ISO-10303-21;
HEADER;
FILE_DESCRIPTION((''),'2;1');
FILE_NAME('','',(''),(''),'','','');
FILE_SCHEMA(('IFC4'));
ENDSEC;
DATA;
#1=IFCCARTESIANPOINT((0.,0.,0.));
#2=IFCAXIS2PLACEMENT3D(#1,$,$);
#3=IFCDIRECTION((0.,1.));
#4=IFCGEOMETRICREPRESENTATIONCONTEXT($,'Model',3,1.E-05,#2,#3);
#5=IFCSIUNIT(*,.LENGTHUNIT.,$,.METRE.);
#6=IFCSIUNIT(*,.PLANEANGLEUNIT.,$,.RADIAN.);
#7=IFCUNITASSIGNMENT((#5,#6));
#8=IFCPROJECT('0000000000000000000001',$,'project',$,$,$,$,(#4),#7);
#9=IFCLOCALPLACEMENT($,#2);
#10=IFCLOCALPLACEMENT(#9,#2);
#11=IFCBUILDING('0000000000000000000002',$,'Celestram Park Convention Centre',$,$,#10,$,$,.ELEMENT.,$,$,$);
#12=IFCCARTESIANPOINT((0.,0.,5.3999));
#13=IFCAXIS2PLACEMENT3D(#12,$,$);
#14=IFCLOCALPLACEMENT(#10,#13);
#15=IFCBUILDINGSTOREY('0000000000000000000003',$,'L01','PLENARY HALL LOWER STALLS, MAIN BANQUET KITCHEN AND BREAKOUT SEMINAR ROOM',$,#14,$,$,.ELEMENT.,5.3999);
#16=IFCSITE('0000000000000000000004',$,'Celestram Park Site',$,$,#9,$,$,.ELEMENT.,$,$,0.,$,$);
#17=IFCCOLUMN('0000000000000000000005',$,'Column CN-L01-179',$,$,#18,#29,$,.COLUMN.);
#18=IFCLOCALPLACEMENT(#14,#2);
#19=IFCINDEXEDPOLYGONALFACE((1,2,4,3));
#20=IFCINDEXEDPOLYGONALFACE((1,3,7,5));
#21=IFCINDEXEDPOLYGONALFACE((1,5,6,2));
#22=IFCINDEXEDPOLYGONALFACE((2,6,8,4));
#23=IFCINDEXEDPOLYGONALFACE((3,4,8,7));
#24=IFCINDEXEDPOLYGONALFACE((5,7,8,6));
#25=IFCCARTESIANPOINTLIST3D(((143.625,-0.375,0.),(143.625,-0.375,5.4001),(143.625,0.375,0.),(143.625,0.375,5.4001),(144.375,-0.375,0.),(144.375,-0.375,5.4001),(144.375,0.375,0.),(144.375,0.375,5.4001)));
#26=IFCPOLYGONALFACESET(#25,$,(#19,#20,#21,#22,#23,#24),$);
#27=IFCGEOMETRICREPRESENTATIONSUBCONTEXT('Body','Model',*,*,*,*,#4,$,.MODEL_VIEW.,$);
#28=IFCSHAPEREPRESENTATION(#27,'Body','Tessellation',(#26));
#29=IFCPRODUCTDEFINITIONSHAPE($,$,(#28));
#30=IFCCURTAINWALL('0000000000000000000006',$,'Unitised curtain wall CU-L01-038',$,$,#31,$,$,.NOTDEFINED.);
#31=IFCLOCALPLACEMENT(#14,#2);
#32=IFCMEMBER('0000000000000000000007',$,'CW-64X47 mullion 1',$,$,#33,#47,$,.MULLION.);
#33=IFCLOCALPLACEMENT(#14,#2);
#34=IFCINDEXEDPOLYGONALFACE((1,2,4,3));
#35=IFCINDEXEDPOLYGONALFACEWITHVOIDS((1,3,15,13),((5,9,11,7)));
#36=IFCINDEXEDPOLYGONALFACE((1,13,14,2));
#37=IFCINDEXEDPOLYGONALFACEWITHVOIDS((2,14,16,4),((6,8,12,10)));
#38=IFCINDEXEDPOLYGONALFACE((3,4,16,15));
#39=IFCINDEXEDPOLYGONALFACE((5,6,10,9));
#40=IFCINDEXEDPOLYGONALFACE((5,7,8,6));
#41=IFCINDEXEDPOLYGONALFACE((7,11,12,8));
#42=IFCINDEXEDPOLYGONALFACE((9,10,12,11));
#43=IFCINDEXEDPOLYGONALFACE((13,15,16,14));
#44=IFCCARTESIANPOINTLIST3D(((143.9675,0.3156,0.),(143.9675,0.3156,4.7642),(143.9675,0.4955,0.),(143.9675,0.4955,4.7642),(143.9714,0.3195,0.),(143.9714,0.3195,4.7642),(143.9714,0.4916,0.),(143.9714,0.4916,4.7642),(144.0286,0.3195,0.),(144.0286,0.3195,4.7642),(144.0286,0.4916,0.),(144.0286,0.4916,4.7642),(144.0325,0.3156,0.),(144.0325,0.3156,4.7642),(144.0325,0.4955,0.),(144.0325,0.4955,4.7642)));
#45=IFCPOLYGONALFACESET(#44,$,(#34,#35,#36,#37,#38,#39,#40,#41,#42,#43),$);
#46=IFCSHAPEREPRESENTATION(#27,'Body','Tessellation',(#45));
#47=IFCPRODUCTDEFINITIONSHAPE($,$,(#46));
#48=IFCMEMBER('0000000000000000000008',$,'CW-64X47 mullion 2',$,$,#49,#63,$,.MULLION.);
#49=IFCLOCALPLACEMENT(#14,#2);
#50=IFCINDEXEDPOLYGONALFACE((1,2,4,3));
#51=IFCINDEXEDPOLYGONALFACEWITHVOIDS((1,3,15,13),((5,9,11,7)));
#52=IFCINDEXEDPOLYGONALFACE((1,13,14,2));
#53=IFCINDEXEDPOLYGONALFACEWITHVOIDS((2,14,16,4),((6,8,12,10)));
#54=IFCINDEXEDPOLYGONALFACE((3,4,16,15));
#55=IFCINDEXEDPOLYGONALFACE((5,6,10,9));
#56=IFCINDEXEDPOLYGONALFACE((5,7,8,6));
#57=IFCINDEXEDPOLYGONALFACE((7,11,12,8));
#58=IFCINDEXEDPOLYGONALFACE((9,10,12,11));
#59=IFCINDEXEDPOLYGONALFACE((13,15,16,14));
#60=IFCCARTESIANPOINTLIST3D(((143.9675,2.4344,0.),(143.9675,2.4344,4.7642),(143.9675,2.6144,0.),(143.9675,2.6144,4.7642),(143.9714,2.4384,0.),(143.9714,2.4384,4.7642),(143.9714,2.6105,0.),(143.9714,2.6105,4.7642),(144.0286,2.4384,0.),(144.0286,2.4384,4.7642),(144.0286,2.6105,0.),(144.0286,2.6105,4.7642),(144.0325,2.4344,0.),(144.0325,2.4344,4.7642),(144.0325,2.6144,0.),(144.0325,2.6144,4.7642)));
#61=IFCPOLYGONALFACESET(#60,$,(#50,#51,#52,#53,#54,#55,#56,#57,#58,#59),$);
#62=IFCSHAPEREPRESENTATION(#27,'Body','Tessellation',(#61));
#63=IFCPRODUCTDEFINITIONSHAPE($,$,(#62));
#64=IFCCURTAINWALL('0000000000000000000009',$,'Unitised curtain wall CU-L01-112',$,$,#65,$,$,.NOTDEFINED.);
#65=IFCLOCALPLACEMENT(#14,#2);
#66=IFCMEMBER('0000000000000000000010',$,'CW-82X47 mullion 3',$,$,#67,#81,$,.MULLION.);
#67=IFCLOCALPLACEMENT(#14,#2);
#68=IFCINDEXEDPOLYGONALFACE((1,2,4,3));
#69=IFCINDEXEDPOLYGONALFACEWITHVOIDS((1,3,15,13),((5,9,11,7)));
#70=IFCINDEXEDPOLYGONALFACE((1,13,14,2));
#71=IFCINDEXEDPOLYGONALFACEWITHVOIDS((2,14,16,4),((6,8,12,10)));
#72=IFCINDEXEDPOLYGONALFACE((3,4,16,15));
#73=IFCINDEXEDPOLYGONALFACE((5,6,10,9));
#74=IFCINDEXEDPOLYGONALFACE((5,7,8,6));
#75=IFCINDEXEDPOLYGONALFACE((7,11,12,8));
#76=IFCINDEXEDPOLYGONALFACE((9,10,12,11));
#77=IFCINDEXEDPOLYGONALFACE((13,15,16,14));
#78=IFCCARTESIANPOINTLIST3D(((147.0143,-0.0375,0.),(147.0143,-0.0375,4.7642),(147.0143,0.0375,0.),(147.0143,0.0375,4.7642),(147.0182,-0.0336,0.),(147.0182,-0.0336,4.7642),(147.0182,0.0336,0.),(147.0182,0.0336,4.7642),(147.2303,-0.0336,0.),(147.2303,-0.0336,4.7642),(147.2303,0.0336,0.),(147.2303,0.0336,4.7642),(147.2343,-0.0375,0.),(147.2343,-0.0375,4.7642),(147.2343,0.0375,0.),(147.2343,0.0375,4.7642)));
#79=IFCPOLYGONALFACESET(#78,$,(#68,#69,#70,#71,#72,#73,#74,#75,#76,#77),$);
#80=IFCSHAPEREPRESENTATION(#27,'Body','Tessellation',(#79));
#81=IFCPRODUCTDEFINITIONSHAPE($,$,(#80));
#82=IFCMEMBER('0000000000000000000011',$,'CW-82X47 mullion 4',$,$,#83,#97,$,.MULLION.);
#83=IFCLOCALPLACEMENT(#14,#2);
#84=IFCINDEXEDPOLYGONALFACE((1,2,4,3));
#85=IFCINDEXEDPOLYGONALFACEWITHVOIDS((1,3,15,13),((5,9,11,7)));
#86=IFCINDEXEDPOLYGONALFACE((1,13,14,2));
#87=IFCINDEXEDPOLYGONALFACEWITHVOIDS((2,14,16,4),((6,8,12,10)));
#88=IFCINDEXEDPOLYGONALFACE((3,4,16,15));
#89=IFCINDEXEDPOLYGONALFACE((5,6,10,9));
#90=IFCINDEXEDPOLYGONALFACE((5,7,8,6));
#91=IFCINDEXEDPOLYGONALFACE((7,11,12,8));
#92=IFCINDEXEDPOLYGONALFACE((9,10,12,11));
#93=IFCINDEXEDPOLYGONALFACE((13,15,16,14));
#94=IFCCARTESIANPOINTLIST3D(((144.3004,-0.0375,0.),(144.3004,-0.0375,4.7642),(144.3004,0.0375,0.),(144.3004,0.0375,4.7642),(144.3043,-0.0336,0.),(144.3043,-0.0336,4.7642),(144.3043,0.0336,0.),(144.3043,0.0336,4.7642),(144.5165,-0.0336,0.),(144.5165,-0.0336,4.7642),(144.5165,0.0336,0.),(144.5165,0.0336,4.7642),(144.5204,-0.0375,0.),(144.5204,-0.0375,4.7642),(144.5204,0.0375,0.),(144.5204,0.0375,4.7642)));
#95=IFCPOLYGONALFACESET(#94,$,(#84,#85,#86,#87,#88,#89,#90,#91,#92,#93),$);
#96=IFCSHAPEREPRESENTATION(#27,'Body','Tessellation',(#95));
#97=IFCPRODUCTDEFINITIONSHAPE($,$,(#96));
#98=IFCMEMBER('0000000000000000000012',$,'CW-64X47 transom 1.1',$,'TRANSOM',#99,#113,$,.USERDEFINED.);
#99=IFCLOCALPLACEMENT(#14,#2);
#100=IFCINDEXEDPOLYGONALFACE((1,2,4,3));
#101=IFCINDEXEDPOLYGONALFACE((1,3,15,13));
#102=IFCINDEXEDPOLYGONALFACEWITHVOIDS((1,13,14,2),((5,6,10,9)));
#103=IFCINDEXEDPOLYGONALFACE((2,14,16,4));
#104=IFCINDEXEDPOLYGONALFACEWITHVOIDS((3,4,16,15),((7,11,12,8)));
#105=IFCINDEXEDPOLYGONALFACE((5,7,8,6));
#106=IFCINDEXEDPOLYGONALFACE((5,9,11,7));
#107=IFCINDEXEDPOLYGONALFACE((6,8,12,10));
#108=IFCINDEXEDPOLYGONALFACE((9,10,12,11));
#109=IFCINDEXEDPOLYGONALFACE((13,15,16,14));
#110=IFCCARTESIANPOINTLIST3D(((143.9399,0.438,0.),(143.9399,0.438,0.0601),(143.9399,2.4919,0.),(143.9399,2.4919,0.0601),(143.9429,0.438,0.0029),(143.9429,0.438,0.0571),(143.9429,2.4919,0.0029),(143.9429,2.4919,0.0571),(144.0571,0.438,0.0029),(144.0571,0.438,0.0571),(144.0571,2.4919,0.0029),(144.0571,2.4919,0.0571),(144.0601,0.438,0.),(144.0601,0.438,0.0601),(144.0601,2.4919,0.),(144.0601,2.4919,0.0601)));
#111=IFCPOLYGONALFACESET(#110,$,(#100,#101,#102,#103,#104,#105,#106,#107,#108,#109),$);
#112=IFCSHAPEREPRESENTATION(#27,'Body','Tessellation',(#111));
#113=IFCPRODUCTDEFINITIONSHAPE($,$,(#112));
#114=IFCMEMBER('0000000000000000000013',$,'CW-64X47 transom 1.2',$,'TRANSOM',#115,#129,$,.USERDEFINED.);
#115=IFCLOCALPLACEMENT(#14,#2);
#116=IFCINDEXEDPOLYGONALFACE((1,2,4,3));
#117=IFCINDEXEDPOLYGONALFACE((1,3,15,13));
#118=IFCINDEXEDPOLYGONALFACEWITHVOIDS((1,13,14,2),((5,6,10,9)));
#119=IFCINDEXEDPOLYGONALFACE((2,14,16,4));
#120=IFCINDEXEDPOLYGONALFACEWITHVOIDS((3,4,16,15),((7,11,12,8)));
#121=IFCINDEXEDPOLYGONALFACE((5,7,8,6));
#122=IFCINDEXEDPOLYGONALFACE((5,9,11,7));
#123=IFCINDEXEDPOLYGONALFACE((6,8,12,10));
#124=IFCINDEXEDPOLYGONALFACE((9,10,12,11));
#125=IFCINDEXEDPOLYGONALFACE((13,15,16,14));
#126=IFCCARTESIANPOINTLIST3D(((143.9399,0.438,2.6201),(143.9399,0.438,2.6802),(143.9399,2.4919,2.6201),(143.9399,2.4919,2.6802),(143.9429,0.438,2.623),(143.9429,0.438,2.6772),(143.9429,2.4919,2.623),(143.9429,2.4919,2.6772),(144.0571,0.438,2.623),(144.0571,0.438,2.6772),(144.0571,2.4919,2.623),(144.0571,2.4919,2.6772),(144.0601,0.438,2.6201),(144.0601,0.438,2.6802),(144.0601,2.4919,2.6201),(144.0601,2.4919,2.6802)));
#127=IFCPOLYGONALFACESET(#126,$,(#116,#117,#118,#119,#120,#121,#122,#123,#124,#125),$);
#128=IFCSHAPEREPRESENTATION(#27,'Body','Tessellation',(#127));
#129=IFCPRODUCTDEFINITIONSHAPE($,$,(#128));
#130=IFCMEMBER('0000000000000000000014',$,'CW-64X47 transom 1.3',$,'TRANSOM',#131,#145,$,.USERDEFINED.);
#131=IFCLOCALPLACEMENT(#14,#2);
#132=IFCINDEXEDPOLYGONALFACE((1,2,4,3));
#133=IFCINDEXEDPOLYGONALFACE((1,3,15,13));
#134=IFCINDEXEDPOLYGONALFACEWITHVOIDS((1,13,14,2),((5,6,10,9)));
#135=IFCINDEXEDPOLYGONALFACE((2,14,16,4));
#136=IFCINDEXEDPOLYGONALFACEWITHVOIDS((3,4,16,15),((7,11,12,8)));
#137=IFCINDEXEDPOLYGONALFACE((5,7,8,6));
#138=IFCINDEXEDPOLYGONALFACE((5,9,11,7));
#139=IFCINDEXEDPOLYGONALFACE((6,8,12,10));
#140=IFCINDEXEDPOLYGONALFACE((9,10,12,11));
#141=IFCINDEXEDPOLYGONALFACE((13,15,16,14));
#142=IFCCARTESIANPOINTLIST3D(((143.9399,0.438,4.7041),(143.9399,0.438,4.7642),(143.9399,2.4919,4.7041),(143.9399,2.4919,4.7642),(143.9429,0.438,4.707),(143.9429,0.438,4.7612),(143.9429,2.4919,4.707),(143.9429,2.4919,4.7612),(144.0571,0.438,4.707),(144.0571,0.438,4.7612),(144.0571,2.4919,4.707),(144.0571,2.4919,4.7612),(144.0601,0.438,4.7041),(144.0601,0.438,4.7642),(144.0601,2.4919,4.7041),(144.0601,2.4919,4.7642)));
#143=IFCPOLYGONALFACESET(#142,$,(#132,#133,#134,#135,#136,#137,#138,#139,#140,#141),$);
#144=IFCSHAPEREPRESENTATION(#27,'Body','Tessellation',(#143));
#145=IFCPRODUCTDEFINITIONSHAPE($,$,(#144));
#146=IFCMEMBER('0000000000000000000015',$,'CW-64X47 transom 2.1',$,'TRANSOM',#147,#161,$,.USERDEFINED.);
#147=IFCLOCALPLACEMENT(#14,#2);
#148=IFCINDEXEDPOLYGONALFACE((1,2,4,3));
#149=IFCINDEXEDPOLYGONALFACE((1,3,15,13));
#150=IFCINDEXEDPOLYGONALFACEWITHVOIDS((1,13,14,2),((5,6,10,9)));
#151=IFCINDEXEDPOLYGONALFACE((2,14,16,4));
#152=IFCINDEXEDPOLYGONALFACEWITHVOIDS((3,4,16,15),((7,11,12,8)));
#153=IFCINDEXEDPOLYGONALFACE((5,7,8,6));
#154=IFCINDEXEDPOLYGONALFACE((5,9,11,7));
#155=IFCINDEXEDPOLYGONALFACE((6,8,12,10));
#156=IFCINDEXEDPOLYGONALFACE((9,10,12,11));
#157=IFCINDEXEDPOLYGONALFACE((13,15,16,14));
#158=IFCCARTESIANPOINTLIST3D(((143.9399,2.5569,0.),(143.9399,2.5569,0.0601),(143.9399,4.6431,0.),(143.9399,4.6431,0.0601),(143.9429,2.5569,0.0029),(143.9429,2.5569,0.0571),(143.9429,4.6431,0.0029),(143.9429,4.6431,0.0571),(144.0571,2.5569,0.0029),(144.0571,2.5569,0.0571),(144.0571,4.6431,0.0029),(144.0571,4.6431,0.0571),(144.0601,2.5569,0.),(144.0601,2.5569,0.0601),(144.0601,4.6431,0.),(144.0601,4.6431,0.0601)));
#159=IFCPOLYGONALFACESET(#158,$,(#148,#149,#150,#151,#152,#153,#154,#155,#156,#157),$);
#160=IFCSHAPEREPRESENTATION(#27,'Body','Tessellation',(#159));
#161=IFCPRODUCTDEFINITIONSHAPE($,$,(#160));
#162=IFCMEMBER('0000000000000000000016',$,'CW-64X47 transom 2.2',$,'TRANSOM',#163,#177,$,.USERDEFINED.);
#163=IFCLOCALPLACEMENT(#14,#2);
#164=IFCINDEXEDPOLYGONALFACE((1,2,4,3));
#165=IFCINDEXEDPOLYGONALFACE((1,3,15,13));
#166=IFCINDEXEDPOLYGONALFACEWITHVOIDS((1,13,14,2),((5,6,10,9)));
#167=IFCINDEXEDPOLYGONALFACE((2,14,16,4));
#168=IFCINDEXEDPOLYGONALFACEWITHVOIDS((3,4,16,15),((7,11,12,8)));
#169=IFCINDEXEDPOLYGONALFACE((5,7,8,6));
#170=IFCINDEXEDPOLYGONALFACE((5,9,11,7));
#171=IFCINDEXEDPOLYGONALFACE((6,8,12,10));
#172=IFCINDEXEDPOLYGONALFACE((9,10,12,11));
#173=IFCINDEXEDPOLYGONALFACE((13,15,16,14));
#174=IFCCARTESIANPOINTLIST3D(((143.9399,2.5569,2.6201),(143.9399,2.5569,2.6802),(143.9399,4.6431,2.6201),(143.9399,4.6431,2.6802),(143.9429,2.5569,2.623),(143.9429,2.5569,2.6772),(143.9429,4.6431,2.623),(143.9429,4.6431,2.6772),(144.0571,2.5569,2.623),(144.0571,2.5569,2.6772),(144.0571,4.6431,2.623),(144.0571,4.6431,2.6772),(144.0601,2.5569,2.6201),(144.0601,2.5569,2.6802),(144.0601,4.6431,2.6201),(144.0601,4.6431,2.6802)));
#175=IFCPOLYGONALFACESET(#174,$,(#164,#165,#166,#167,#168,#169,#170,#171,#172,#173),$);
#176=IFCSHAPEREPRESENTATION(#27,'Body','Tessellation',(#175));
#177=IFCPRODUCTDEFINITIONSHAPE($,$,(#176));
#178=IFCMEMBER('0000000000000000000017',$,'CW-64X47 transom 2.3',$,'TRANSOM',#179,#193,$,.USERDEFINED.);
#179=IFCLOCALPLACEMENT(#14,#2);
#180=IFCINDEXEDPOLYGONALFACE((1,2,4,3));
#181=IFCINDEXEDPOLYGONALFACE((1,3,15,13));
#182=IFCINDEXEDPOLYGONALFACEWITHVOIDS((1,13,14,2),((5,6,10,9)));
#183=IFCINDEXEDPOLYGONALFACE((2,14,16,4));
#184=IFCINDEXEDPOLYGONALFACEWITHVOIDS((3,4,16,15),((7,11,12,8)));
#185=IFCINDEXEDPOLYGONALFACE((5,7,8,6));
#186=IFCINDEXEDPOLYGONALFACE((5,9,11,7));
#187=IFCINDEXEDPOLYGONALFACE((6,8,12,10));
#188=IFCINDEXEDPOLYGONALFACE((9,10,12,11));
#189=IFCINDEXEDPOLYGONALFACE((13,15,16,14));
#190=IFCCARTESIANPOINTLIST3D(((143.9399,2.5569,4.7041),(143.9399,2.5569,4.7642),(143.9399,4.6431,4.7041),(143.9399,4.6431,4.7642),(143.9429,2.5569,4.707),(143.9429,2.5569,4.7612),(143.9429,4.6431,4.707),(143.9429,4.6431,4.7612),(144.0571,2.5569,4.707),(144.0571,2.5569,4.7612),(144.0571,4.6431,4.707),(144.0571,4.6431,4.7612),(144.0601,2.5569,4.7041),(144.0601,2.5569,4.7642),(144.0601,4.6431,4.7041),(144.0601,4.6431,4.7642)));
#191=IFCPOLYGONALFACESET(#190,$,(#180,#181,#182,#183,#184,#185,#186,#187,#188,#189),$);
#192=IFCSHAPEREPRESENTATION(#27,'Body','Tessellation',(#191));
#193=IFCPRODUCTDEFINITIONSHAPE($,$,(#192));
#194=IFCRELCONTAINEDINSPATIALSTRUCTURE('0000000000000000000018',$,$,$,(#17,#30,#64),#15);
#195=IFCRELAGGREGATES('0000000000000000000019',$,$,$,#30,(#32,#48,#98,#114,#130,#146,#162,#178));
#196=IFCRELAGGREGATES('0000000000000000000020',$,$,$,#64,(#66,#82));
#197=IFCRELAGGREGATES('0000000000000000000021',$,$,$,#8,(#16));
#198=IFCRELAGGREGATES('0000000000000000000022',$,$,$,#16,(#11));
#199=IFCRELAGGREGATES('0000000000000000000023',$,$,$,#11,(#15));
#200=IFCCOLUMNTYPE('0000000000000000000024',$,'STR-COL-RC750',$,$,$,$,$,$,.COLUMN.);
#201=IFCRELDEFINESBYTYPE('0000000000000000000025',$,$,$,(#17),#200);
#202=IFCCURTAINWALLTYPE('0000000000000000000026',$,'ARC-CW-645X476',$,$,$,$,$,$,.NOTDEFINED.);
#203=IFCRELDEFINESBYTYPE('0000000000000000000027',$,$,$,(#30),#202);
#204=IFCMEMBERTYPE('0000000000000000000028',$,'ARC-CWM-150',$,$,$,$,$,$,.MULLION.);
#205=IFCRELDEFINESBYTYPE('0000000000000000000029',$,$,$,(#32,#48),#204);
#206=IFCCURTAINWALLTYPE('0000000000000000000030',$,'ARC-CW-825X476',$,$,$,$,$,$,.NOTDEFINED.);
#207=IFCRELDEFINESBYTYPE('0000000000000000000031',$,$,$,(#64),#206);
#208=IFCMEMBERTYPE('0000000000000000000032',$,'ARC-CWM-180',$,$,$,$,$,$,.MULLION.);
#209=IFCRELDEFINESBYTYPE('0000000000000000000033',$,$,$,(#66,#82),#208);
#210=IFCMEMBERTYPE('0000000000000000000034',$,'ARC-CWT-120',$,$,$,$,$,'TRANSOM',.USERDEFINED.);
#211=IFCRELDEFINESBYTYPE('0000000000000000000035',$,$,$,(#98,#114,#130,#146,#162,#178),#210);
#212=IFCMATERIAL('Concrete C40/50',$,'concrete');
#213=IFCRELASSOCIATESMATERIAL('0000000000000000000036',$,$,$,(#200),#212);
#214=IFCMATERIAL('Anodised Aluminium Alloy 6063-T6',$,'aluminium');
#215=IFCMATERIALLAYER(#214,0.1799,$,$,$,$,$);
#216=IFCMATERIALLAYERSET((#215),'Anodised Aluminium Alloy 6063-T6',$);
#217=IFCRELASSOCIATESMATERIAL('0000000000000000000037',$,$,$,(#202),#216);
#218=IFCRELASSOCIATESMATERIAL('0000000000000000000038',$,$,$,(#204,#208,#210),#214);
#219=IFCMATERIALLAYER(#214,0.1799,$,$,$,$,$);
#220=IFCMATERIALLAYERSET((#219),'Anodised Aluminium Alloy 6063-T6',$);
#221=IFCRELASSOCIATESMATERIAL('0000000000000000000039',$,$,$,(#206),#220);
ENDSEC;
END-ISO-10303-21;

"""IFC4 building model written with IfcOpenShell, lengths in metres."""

from ifc_helpers import new_model, si_unit, direction, frame, origin, origin_2d, place, context, subcontext, project, spatial, rectangle, hollow_rectangle, extrude, material, layer, layer_set, material_profile, profile_set, type_object, element, aggregate, save


model = new_model("IFC4")

# Units and contexts
model_context = context("Model", 3, precision=1e-05, world=origin(), true_north=direction((0.0, 1.0)))
body_context = subcontext(model_context, "Body", "Model", "MODEL_VIEW")
ifc_project = project(units=[si_unit("LENGTHUNIT", "METRE"), si_unit("PLANEANGLEUNIT", "RADIAN")], contexts=[model_context])

# Site, building, storey
site_placement = place(None, origin())
site = spatial("IfcSite", under=ifc_project, at=site_placement, Name="Celestram Park Site", CompositionType="ELEMENT", RefElevation=0.0)
building_placement = place(site_placement, origin())
building = spatial("IfcBuilding", under=site, at=building_placement, Name="Celestram Park Convention Centre", CompositionType="ELEMENT")
storey_placement = place(building_placement, frame((0.0, 0.0, 5.3999)))
storey = spatial("IfcBuildingStorey", under=building, at=storey_placement, Name="L01", Description="PLENARY HALL LOWER STALLS, MAIN BANQUET KITCHEN AND BREAKOUT SEMINAR ROOM", CompositionType="ELEMENT", Elevation=5.3999)

# Column
ifc_material_1 = material(Name="Concrete C40/50", Category="concrete")
ifc_material_profile_1 = material_profile(ifc_material_1, rectangle(XDim=0.75, YDim=0.75, at=origin_2d()), Name="RC750X750")
ifc_profile_set_1 = profile_set([ifc_material_profile_1], Name="Concrete C40/50")
column_type = type_object("IfcColumnType", Name="STR-COL-RC750", PredefinedType="COLUMN", material=ifc_profile_set_1)
column_placement = place(storey_placement, frame((144.0, 0.0, 0.0), z_axis=(0.0, 0.0, 1.0), x_axis=(1.0, 0.0, 0.0)))
element("IfcColumn", 1, at=column_placement, inside=storey, type_object=column_type, Name="Column CN-L01-179", PredefinedType="COLUMN", context=body_context, shape_type="SweptSolid", body=[
    extrude(rectangle(XDim=0.75, YDim=0.75, at=origin_2d()), origin(), (0.0, 0.0, 1.0), 5.4001),
])

# Curtain walls, members
ifc_material_2 = material(Name="Anodised Aluminium Alloy 6063-T6", Category="aluminium")
ifc_layer_1 = layer(ifc_material_2, 0.1799)
ifc_layer_set_1 = layer_set([ifc_layer_1], Name="Anodised Aluminium Alloy 6063-T6")
curtain_wall_type_1 = type_object("IfcCurtainWallType", Name="ARC-CW-645X476", PredefinedType="NOTDEFINED", material=ifc_layer_set_1)
curtain_wall_1_placement = place(storey_placement, origin())
curtain_wall_1 = element("IfcCurtainWall", 2, at=curtain_wall_1_placement, inside=storey, type_object=curtain_wall_type_1, Name="Unitised curtain wall CU-L01-038", PredefinedType="NOTDEFINED")
ifc_material_profile_2 = material_profile(ifc_material_2, hollow_rectangle(XDim=0.0649, YDim=0.1799, WallThickness=0.0039, at=origin_2d()), Name="ALU65X180X4")
ifc_profile_set_2 = profile_set([ifc_material_profile_2], Name="Anodised Aluminium Alloy 6063-T6")
member_type_1 = type_object("IfcMemberType", Name="ARC-CWM-150", PredefinedType="MULLION", material=ifc_profile_set_2)
member_1_placement = place(storey_placement, frame((144.0, 0.4055, 0.0), z_axis=(0.0, 0.0, 1.0), x_axis=(-1.0, 0.0, 0.0)))
member_1 = element("IfcMember", 3, at=member_1_placement, type_object=member_type_1, Name="CW-64X47 mullion 1", PredefinedType="MULLION", context=body_context, shape_type="SweptSolid", body=[
    extrude(hollow_rectangle(XDim=0.0649, YDim=0.1799, WallThickness=0.0039, at=origin_2d()), origin(), (0.0, 0.0, 1.0), 4.7642),
])
member_2_placement = place(storey_placement, frame((144.0, 2.5244, 0.0), z_axis=(0.0, 0.0, 1.0), x_axis=(-1.0, 0.0, 0.0)))
member_2 = element("IfcMember", 4, at=member_2_placement, type_object=member_type_1, Name="CW-64X47 mullion 2", PredefinedType="MULLION", context=body_context, shape_type="SweptSolid", body=[
    extrude(hollow_rectangle(XDim=0.0649, YDim=0.1799, WallThickness=0.0039, at=origin_2d()), origin(), (0.0, 0.0, 1.0), 4.7642),
])
ifc_layer_2 = layer(ifc_material_2, 0.1799)
ifc_layer_set_2 = layer_set([ifc_layer_2], Name="Anodised Aluminium Alloy 6063-T6")
curtain_wall_type_2 = type_object("IfcCurtainWallType", Name="ARC-CW-825X476", PredefinedType="NOTDEFINED", material=ifc_layer_set_2)
curtain_wall_2_placement = place(storey_placement, origin())
curtain_wall_2 = element("IfcCurtainWall", 5, at=curtain_wall_2_placement, inside=storey, type_object=curtain_wall_type_2, Name="Unitised curtain wall CU-L01-112", PredefinedType="NOTDEFINED")
ifc_material_profile_3 = material_profile(ifc_material_2, hollow_rectangle(XDim=0.075, YDim=0.22, WallThickness=0.0039, at=origin_2d()), Name="ALU75X220X4")
ifc_profile_set_3 = profile_set([ifc_material_profile_3], Name="Anodised Aluminium Alloy 6063-T6")
member_type_2 = type_object("IfcMemberType", Name="ARC-CWM-180", PredefinedType="MULLION", material=ifc_profile_set_3)
member_3_placement = place(storey_placement, frame((147.1243, 0.0, 0.0), z_axis=(0.0, 0.0, 1.0), x_axis=(0.0, -1.0, 0.0)))
member_3 = element("IfcMember", 6, at=member_3_placement, type_object=member_type_2, Name="CW-82X47 mullion 3", PredefinedType="MULLION", context=body_context, shape_type="SweptSolid", body=[
    extrude(hollow_rectangle(XDim=0.075, YDim=0.22, WallThickness=0.0039, at=origin_2d()), origin(), (0.0, 0.0, 1.0), 4.7642),
])
member_4_placement = place(storey_placement, frame((144.4104, 0.0, 0.0), z_axis=(0.0, 0.0, 1.0), x_axis=(0.0, -1.0, 0.0)))
member_4 = element("IfcMember", 7, at=member_4_placement, type_object=member_type_2, Name="CW-82X47 mullion 4", PredefinedType="MULLION", context=body_context, shape_type="SweptSolid", body=[
    extrude(hollow_rectangle(XDim=0.075, YDim=0.22, WallThickness=0.0039, at=origin_2d()), origin(), (0.0, 0.0, 1.0), 4.7642),
])

# Members
ifc_material_profile_4 = material_profile(ifc_material_2, hollow_rectangle(XDim=0.1201, YDim=0.0601, WallThickness=0.0029, at=origin_2d()), Name="ALU120X60X3")
ifc_profile_set_4 = profile_set([ifc_material_profile_4], Name="Anodised Aluminium Alloy 6063-T6")
member_type_3 = type_object("IfcMemberType", Name="ARC-CWT-120", ElementType="TRANSOM", PredefinedType="USERDEFINED", material=ifc_profile_set_4)
member_5_placement = place(storey_placement, frame((144.0, 0.438, 0.03), z_axis=(0.0, 1.0, 0.0), x_axis=(-1.0, 0.0, 0.0)))
member_5 = element("IfcMember", 8, at=member_5_placement, type_object=member_type_3, Name="CW-64X47 transom 1.1", ObjectType="TRANSOM", PredefinedType="USERDEFINED", context=body_context, shape_type="SweptSolid", body=[
    extrude(hollow_rectangle(XDim=0.1201, YDim=0.0601, WallThickness=0.0029, at=origin_2d()), origin(), (0.0, 0.0, 1.0), 2.054),
])
member_6_placement = place(storey_placement, frame((144.0, 0.438, 2.6501), z_axis=(0.0, 1.0, 0.0), x_axis=(-1.0, 0.0, 0.0)))
member_6 = element("IfcMember", 9, at=member_6_placement, type_object=member_type_3, Name="CW-64X47 transom 1.2", ObjectType="TRANSOM", PredefinedType="USERDEFINED", context=body_context, shape_type="SweptSolid", body=[
    extrude(hollow_rectangle(XDim=0.1201, YDim=0.0601, WallThickness=0.0029, at=origin_2d()), origin(), (0.0, 0.0, 1.0), 2.054),
])
member_7_placement = place(storey_placement, frame((144.0, 0.438, 4.7341), z_axis=(0.0, 1.0, 0.0), x_axis=(-1.0, 0.0, 0.0)))
member_7 = element("IfcMember", 10, at=member_7_placement, type_object=member_type_3, Name="CW-64X47 transom 1.3", ObjectType="TRANSOM", PredefinedType="USERDEFINED", context=body_context, shape_type="SweptSolid", body=[
    extrude(hollow_rectangle(XDim=0.1201, YDim=0.0601, WallThickness=0.0029, at=origin_2d()), origin(), (0.0, 0.0, 1.0), 2.054),
])
member_8_placement = place(storey_placement, frame((144.0, 2.5569, 0.03), z_axis=(0.0, 1.0, 0.0), x_axis=(-1.0, 0.0, 0.0)))
member_8 = element("IfcMember", 11, at=member_8_placement, type_object=member_type_3, Name="CW-64X47 transom 2.1", ObjectType="TRANSOM", PredefinedType="USERDEFINED", context=body_context, shape_type="SweptSolid", body=[
    extrude(hollow_rectangle(XDim=0.1201, YDim=0.0601, WallThickness=0.0029, at=origin_2d()), origin(), (0.0, 0.0, 1.0), 2.0862),
])
member_9_placement = place(storey_placement, frame((144.0, 2.5569, 2.6501), z_axis=(0.0, 1.0, 0.0), x_axis=(-1.0, 0.0, 0.0)))
member_9 = element("IfcMember", 12, at=member_9_placement, type_object=member_type_3, Name="CW-64X47 transom 2.2", ObjectType="TRANSOM", PredefinedType="USERDEFINED", context=body_context, shape_type="SweptSolid", body=[
    extrude(hollow_rectangle(XDim=0.1201, YDim=0.0601, WallThickness=0.0029, at=origin_2d()), origin(), (0.0, 0.0, 1.0), 2.0862),
])
member_10_placement = place(storey_placement, frame((144.0, 2.5569, 4.7341), z_axis=(0.0, 1.0, 0.0), x_axis=(-1.0, 0.0, 0.0)))
member_10 = element("IfcMember", 13, at=member_10_placement, type_object=member_type_3, Name="CW-64X47 transom 2.3", ObjectType="TRANSOM", PredefinedType="USERDEFINED", context=body_context, shape_type="SweptSolid", body=[
    extrude(hollow_rectangle(XDim=0.1201, YDim=0.0601, WallThickness=0.0029, at=origin_2d()), origin(), (0.0, 0.0, 1.0), 2.0862),
])

aggregate(curtain_wall_1, [member_1, member_2, member_5, member_6, member_7, member_8, member_9, member_10])
aggregate(curtain_wall_2, [member_3, member_4])

save(model, "model.ifc")
